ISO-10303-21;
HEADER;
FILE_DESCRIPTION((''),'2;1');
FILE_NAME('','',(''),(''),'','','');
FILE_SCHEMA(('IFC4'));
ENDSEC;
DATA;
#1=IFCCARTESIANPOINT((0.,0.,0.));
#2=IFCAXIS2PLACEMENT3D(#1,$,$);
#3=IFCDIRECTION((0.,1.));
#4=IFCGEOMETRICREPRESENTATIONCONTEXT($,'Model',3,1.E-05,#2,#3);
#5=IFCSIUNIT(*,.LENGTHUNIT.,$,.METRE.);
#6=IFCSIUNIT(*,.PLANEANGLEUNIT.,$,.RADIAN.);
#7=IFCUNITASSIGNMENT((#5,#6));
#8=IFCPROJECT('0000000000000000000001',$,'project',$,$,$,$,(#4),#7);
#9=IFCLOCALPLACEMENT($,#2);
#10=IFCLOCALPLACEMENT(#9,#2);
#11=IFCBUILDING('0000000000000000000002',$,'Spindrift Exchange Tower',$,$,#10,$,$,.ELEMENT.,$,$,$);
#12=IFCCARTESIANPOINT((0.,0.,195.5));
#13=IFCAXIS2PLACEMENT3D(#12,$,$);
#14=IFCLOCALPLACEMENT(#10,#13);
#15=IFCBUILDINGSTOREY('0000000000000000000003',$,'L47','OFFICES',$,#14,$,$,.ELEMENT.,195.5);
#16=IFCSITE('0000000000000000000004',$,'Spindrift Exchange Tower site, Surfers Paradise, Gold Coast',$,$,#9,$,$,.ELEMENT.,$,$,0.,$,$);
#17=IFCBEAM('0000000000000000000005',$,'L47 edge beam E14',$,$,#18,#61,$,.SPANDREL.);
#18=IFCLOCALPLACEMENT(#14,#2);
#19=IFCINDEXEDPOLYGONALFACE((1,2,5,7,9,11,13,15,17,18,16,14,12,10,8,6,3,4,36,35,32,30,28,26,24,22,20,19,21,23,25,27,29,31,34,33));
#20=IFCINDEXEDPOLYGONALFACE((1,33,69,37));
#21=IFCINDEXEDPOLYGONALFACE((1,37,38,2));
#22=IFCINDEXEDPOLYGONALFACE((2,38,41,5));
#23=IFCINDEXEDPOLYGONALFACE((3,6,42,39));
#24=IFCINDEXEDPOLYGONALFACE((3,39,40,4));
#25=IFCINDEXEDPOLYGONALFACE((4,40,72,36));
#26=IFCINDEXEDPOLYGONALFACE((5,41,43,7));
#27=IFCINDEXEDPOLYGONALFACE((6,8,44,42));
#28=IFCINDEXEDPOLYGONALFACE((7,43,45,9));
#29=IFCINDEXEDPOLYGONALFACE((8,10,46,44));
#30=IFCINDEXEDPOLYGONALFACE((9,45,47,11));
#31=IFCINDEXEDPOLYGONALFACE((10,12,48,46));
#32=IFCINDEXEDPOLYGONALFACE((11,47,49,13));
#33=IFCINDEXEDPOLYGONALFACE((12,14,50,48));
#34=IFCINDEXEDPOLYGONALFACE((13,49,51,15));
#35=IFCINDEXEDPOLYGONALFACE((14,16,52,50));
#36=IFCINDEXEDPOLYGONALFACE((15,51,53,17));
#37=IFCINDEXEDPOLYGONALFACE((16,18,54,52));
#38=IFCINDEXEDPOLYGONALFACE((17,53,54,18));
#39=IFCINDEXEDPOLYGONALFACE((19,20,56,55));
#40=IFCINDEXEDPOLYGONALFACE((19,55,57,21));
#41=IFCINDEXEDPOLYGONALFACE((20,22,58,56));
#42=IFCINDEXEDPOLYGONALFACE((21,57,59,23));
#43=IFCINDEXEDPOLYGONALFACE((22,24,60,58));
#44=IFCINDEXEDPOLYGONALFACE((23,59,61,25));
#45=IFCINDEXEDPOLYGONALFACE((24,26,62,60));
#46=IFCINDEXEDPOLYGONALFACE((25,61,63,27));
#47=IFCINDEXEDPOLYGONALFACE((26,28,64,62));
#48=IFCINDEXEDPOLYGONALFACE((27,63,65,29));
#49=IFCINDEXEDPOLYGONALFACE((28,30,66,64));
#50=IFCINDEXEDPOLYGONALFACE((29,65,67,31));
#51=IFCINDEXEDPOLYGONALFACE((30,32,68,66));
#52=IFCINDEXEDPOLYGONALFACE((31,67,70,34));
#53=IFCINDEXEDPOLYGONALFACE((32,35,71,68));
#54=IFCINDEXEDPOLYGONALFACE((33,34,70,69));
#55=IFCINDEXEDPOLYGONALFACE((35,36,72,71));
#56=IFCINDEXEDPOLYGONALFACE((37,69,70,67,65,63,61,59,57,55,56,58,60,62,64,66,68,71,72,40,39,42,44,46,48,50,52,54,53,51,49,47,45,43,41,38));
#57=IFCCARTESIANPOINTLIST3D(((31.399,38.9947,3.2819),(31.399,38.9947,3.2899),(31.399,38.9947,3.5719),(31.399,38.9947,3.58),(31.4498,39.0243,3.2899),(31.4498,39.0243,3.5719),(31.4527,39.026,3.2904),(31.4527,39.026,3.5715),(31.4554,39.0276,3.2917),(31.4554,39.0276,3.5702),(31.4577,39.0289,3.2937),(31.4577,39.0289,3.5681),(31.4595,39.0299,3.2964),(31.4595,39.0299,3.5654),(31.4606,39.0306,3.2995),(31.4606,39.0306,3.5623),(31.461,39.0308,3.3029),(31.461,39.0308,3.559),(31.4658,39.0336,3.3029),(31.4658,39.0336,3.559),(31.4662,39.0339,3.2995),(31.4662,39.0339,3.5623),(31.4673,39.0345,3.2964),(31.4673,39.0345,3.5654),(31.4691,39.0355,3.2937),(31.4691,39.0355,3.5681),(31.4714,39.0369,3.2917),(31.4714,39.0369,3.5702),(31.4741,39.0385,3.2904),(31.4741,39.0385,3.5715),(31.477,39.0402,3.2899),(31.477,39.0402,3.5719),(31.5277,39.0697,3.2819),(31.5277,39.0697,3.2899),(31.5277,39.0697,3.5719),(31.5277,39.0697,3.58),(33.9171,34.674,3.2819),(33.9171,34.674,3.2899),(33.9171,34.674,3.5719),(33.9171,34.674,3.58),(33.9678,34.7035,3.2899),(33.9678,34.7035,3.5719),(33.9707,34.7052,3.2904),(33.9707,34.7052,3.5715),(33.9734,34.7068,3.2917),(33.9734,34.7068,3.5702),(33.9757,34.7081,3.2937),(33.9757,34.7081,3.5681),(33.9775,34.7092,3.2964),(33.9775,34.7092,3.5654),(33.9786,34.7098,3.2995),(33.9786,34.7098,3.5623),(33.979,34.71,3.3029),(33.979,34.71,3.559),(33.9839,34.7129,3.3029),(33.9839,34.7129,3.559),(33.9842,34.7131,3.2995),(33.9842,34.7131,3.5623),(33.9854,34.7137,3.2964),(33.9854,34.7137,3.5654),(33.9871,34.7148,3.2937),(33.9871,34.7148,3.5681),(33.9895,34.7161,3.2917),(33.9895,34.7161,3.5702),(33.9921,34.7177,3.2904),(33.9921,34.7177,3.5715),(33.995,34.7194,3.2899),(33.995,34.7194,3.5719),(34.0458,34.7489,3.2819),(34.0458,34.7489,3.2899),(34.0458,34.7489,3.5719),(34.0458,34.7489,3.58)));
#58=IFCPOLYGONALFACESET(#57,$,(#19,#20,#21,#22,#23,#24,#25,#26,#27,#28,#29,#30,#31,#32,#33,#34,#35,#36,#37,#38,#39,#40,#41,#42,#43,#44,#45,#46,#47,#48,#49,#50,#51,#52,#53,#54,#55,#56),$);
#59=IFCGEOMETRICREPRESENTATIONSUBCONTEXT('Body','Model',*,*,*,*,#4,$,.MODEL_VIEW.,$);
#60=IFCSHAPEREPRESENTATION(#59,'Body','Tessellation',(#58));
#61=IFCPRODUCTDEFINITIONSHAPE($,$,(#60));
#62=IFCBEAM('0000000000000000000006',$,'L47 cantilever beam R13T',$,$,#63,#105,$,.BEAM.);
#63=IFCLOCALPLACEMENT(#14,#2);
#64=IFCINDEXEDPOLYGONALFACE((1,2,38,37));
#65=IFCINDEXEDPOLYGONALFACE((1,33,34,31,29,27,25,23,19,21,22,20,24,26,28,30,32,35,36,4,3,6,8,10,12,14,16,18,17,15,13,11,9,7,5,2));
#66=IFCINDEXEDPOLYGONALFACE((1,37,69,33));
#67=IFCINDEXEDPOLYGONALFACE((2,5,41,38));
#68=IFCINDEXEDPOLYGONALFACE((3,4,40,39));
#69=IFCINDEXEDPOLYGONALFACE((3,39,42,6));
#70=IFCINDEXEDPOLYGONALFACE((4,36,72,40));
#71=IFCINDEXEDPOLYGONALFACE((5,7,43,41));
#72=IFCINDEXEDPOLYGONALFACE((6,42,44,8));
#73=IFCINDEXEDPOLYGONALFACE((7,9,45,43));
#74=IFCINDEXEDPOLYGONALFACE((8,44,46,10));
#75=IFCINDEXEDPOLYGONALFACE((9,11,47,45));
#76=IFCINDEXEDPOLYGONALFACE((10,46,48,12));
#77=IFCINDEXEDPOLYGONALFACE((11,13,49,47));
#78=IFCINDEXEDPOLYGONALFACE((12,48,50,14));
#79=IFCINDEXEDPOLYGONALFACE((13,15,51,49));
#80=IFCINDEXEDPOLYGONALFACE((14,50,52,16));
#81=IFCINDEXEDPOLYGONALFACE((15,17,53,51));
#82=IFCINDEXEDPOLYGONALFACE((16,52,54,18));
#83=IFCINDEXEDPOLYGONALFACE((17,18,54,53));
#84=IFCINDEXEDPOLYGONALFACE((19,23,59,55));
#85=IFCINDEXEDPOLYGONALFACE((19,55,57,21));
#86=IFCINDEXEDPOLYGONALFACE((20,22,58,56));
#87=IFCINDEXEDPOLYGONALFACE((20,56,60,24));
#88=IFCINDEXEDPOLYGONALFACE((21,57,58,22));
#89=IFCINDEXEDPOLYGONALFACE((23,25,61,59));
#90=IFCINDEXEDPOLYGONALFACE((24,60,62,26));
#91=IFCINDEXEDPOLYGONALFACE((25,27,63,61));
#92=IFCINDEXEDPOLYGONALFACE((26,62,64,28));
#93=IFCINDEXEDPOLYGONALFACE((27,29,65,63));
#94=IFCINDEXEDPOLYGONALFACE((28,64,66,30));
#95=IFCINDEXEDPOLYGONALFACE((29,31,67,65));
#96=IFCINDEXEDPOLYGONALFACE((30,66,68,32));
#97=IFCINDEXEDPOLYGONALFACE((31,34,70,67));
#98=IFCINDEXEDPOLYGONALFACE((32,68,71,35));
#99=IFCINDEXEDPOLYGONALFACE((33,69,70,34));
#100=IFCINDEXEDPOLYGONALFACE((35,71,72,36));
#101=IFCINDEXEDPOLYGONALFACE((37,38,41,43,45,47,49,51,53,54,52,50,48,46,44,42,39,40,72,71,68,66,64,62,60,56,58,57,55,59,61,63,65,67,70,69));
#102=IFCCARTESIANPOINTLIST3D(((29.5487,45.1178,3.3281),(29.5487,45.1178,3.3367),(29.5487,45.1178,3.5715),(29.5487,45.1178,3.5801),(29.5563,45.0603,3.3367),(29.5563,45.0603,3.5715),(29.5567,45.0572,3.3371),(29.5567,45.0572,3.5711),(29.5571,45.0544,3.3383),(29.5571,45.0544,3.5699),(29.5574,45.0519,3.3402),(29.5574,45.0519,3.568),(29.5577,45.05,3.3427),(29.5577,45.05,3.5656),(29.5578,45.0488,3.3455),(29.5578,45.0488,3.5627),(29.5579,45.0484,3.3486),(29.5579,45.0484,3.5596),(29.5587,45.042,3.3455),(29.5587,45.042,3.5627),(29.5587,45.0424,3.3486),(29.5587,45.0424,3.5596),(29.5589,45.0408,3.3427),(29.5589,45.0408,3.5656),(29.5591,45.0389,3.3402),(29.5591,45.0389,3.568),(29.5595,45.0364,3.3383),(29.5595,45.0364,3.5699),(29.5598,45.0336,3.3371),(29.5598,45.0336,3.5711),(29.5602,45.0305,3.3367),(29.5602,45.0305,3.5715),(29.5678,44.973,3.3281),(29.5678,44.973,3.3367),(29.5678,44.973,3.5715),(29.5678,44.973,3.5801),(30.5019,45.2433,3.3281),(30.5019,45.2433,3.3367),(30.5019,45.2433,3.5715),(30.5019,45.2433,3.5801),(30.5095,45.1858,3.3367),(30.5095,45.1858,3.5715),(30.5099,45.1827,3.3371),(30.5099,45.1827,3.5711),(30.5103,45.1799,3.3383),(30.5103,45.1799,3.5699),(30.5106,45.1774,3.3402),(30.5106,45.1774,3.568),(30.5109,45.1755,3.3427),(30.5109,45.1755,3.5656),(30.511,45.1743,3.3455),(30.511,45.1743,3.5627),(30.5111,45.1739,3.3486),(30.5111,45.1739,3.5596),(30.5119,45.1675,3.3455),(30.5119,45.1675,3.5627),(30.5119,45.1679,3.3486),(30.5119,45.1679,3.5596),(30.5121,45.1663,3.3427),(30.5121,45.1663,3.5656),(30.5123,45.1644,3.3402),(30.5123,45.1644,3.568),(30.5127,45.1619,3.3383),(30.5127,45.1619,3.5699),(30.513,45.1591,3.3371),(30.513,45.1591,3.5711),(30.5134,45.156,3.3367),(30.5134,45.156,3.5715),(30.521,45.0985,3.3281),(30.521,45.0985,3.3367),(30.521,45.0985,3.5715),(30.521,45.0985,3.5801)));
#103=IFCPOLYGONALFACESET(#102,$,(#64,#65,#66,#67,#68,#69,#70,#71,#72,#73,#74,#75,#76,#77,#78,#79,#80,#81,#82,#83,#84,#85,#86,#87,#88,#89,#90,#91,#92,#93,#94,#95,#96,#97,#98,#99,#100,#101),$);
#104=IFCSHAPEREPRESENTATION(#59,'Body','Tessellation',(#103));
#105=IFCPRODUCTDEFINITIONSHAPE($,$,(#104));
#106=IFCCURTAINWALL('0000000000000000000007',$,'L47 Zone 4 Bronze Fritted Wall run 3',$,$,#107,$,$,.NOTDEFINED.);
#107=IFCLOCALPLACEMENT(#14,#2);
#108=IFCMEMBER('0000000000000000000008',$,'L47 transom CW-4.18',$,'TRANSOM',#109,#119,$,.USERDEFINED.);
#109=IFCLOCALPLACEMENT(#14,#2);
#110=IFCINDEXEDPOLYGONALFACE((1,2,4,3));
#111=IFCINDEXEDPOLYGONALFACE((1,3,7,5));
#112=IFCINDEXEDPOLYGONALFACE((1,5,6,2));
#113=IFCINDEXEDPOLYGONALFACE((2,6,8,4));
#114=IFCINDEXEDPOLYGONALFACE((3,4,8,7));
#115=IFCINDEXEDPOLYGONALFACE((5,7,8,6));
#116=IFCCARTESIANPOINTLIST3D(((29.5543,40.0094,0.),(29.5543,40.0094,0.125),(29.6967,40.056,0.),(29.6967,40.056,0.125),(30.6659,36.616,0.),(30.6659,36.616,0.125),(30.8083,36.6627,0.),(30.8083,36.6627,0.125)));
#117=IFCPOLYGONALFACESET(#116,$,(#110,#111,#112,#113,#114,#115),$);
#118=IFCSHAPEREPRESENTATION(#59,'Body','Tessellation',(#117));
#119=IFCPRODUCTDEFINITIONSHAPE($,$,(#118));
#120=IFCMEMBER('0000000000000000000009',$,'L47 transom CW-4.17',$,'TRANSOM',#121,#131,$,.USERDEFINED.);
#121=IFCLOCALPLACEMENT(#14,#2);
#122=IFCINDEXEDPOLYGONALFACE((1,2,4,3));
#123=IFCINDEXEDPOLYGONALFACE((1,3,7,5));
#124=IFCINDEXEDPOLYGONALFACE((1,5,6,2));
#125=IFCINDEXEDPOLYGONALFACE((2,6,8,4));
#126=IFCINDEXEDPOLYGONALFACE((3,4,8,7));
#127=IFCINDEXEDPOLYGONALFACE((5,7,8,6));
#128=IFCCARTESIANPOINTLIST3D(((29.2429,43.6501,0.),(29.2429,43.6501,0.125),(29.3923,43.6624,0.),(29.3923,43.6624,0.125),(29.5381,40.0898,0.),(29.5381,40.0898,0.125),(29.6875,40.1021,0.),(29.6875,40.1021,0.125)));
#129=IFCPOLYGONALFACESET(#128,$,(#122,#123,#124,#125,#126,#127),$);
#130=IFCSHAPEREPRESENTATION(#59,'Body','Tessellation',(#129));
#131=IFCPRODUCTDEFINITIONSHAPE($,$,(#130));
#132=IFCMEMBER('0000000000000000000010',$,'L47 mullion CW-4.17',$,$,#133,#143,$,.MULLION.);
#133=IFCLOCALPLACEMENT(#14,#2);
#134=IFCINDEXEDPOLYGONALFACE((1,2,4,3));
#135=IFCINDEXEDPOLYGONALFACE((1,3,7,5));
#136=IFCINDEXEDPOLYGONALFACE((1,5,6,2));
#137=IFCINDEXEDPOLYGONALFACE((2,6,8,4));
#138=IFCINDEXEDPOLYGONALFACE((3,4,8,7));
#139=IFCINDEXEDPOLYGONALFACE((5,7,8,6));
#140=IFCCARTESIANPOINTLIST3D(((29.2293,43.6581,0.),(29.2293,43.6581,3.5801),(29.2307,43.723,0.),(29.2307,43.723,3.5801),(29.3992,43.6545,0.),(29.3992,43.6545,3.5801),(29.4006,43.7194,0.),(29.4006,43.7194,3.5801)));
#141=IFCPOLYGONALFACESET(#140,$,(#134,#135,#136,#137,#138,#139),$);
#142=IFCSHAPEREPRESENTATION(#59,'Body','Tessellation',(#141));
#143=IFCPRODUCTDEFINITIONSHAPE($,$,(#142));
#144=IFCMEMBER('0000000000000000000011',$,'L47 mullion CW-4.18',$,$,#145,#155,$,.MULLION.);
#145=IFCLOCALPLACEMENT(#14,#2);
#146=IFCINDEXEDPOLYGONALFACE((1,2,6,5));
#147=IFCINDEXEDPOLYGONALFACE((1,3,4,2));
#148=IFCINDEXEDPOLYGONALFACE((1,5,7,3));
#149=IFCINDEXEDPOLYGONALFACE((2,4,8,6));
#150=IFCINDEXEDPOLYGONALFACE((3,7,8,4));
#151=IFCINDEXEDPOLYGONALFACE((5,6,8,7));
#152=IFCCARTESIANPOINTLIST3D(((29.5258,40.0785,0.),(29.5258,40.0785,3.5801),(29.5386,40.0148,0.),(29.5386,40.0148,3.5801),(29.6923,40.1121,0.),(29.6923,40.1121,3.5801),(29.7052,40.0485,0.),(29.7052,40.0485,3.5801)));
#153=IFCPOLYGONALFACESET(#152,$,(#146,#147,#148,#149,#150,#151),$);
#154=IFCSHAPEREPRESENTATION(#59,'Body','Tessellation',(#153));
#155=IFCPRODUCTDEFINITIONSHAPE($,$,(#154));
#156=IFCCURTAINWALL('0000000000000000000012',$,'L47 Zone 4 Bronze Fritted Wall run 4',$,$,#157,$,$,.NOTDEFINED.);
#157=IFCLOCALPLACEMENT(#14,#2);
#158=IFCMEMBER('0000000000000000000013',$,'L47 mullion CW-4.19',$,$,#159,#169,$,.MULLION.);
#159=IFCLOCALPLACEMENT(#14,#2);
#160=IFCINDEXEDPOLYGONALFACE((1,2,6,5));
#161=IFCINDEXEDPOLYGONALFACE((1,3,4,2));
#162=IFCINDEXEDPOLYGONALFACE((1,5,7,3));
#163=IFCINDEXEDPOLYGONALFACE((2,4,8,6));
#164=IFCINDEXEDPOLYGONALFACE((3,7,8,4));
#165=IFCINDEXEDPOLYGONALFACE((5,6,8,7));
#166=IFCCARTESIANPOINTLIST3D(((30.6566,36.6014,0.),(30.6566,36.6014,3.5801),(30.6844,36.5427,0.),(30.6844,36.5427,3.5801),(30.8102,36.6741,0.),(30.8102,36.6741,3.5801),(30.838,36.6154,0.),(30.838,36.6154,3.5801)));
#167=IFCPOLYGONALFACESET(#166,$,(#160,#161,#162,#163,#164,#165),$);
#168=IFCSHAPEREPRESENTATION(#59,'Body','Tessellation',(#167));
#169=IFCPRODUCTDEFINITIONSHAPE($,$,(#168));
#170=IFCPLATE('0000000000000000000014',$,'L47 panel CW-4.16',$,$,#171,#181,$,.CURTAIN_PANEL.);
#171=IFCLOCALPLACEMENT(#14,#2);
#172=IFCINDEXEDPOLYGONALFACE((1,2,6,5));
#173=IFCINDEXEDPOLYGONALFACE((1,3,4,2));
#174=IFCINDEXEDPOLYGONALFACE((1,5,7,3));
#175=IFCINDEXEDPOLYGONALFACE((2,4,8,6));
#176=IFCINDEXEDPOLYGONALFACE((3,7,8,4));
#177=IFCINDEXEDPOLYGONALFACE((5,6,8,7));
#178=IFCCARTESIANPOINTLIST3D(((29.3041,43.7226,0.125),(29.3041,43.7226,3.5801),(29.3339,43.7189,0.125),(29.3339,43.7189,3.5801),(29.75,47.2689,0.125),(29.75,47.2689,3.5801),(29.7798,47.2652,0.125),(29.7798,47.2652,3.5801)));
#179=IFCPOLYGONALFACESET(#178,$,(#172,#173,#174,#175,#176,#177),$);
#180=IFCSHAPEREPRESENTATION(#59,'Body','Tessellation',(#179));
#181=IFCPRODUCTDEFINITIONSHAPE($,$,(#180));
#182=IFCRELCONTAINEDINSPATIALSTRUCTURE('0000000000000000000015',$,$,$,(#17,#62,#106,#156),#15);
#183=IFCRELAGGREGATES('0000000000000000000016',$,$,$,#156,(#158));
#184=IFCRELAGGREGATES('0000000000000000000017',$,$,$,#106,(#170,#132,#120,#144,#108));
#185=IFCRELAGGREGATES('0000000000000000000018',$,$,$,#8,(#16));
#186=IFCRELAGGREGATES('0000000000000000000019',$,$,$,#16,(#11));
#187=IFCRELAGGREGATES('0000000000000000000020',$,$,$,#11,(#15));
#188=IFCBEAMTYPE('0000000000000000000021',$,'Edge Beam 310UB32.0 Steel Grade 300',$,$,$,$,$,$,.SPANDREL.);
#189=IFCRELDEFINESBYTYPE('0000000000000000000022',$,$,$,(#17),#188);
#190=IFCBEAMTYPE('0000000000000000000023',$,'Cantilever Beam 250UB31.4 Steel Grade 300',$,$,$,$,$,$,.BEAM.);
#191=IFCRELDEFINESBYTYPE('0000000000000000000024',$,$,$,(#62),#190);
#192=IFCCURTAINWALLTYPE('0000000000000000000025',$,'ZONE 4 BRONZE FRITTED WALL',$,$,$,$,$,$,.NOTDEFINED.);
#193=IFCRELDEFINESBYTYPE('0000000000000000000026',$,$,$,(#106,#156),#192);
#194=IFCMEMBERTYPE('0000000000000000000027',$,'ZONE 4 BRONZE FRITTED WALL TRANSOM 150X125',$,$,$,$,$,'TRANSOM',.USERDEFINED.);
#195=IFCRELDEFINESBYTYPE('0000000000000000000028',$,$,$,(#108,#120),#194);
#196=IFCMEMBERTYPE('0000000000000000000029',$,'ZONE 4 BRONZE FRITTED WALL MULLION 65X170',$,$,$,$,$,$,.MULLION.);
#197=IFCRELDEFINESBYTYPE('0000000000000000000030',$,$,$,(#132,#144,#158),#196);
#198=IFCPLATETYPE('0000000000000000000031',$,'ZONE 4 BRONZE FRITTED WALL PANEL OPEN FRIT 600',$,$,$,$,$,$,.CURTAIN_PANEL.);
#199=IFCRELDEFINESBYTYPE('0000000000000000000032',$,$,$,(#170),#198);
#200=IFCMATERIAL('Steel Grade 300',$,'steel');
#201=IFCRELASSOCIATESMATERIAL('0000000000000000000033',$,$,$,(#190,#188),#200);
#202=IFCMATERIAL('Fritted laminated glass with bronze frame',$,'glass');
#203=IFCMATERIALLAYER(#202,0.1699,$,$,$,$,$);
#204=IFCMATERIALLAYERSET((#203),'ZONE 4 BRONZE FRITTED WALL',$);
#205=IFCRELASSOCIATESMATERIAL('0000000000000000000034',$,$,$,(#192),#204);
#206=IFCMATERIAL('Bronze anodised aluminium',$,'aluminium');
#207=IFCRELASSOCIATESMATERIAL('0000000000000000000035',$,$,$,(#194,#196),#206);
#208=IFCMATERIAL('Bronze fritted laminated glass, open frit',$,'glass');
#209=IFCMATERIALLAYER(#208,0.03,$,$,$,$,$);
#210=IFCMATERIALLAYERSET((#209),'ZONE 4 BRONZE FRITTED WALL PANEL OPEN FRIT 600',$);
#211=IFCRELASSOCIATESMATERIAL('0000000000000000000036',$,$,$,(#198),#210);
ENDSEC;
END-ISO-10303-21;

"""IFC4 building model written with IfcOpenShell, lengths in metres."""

from ifc_helpers import new_model, si_unit, direction, frame, origin, origin_2d, place, context, subcontext, project, spatial, rectangle, i_section, extrude, source, transform, mapped, material, layer, layer_set, material_profile, profile_set, type_object, element, aggregate, save


model = new_model("IFC4")

# Units and contexts
model_context = context("Model", 3, precision=1e-05, world=origin(), true_north=direction((0.0, 1.0)))
body_context = subcontext(model_context, "Body", "Model", "MODEL_VIEW")
ifc_project = project(units=[si_unit("LENGTHUNIT", "METRE"), si_unit("PLANEANGLEUNIT", "RADIAN")], contexts=[model_context])

# Site, building, storey
site_placement = place(None, origin())
site = spatial("IfcSite", under=ifc_project, at=site_placement, Name="Spindrift Exchange Tower site, Surfers Paradise, Gold Coast", CompositionType="ELEMENT", RefElevation=0.0)
building_placement = place(site_placement, origin())
building = spatial("IfcBuilding", under=site, at=building_placement, Name="Spindrift Exchange Tower", CompositionType="ELEMENT")
storey_placement = place(building_placement, frame((0.0, 0.0, 195.5)))
storey = spatial("IfcBuildingStorey", under=building, at=storey_placement, Name="L47", Description="OFFICES", CompositionType="ELEMENT", Elevation=195.5)

# Beams
ifc_material_1 = material(Name="Steel Grade 300", Category="steel")
ifc_material_profile_1 = material_profile(ifc_material_1, i_section(OverallWidth=0.146, OverallDepth=0.252, WebThickness=0.0061, FlangeThickness=0.0085, FilletRadius=0.012, at=origin_2d()), Name="250UB31.4")
ifc_profile_set_1 = profile_set([ifc_material_profile_1], Name="Steel Grade 300")
beam_type_1 = type_object("IfcBeamType", Name="Cantilever Beam 250UB31.4 Steel Grade 300", PredefinedType="BEAM", material=ifc_profile_set_1)
ifc_material_profile_2 = material_profile(ifc_material_1, i_section(OverallWidth=0.1489, OverallDepth=0.2981, WebThickness=0.0056, FlangeThickness=0.0081, FilletRadius=0.0129, at=origin_2d()), Name="310UB32.0")
ifc_profile_set_2 = profile_set([ifc_material_profile_2], Name="Steel Grade 300")
beam_type_2 = type_object("IfcBeamType", Name="Edge Beam 310UB32.0 Steel Grade 300", PredefinedType="SPANDREL", material=ifc_profile_set_2)
shared_shape_1 = source(origin(), body_context, "Body", "SweptSolid", [
    extrude(i_section(OverallWidth=0.1489, OverallDepth=0.2981, WebThickness=0.0056, FlangeThickness=0.0081, FilletRadius=0.0129, at=origin_2d()), origin(), (0.0, 0.0, 1.0), 5.001),
])
beam_1_placement = place(storey_placement, frame((31.4634, 39.0322, 3.4309), z_axis=(0.503513, -0.863988, 0.0), x_axis=(0.863988, 0.503513, 0.0)))
element("IfcBeam", 1, at=beam_1_placement, inside=storey, type_object=beam_type_2, Name="L47 edge beam E14", PredefinedType="SPANDREL", context=body_context, shape_type="MappedRepresentation", body=[
    mapped(shared_shape_1, transform((0.0, 0.0, 0.0), scale=1.0)),
])
shared_shape_2 = source(origin(), body_context, "Body", "SweptSolid", [
    extrude(i_section(OverallWidth=0.146, OverallDepth=0.252, WebThickness=0.0061, FlangeThickness=0.0085, FilletRadius=0.012, at=origin_2d()), origin(), (0.0, 0.0, 1.0), 0.9614),
])
beam_2_placement = place(storey_placement, frame((30.5115, 45.1709, 3.4541), z_axis=(-0.991444, -0.130533, 0.0), x_axis=(0.130533, -0.991444, 0.0)))
element("IfcBeam", 2, at=beam_2_placement, inside=storey, type_object=beam_type_1, Name="L47 cantilever beam R13T", PredefinedType="BEAM", context=body_context, shape_type="MappedRepresentation", body=[
    mapped(shared_shape_2, transform((0.0, 0.0, 0.0), scale=1.0)),
])

# Curtain wall, members
ifc_material_2 = material(Name="Fritted laminated glass with bronze frame", Category="glass")
ifc_layer_1 = layer(ifc_material_2, 0.1699)
ifc_layer_set_1 = layer_set([ifc_layer_1], Name="ZONE 4 BRONZE FRITTED WALL")
curtain_wall_type = type_object("IfcCurtainWallType", Name="ZONE 4 BRONZE FRITTED WALL", PredefinedType="NOTDEFINED", material=ifc_layer_set_1)
curtain_wall_1_placement = place(storey_placement, origin())
curtain_wall_1 = element("IfcCurtainWall", 3, at=curtain_wall_1_placement, inside=storey, type_object=curtain_wall_type, Name="L47 Zone 4 Bronze Fritted Wall run 3", PredefinedType="NOTDEFINED")
ifc_material_3 = material(Name="Bronze anodised aluminium", Category="aluminium")
ifc_material_profile_3 = material_profile(ifc_material_3, rectangle(XDim=0.1499, YDim=0.125, at=origin_2d()), Name="ZONE 4 BRONZE FRITTED WALL TRANSOM 150X125")
ifc_profile_set_3 = profile_set([ifc_material_profile_3], Name="Bronze anodised aluminium")
member_type_1 = type_object("IfcMemberType", Name="ZONE 4 BRONZE FRITTED WALL TRANSOM 150X125", ElementType="TRANSOM", PredefinedType="USERDEFINED", material=ifc_profile_set_3)
shared_shape_3 = source(origin(), body_context, "Body", "SweptSolid", [
    extrude(rectangle(XDim=0.1499, YDim=0.125, at=origin_2d()), origin(), (0.0, 0.0, 1.0), 3.5708),
])
member_1_placement = place(storey_placement, frame((29.6255, 40.0327, 0.0625), z_axis=(0.311301, -0.950311, 0.0), x_axis=(0.950311, 0.311301, 0.0)))
member_1 = element("IfcMember", 4, at=member_1_placement, type_object=member_type_1, Name="L47 transom CW-4.18", ObjectType="TRANSOM", PredefinedType="USERDEFINED", context=body_context, shape_type="MappedRepresentation", body=[
    mapped(shared_shape_3, transform((0.0, 0.0, 0.0), scale=1.0)),
])
shared_shape_4 = source(origin(), body_context, "Body", "SweptSolid", [
    extrude(rectangle(XDim=0.1499, YDim=0.125, at=origin_2d()), origin(), (0.0, 0.0, 1.0), 3.5725),
])
member_2_placement = place(storey_placement, frame((29.3176, 43.6562, 0.0625), z_axis=(0.082621, -0.996581, 0.0), x_axis=(0.996581, 0.082621, 0.0)))
member_2 = element("IfcMember", 5, at=member_2_placement, type_object=member_type_1, Name="L47 transom CW-4.17", ObjectType="TRANSOM", PredefinedType="USERDEFINED", context=body_context, shape_type="MappedRepresentation", body=[
    mapped(shared_shape_4, transform((0.0, 0.0, 0.0), scale=1.0)),
])
ifc_material_profile_4 = material_profile(ifc_material_3, rectangle(XDim=0.0649, YDim=0.1699, at=origin_2d()), Name="ZONE 4 BRONZE FRITTED WALL MULLION 65X170")
ifc_profile_set_4 = profile_set([ifc_material_profile_4], Name="Bronze anodised aluminium")
member_type_2 = type_object("IfcMemberType", Name="ZONE 4 BRONZE FRITTED WALL MULLION 65X170", PredefinedType="MULLION", material=ifc_profile_set_4)
shared_shape_5 = source(origin(), body_context, "Body", "SweptSolid", [
    extrude(rectangle(XDim=0.0649, YDim=0.1699, at=origin_2d()), origin(), (0.0, 0.0, 1.0), 3.5801),
])
member_3_placement = place(storey_placement, frame((29.3149, 43.6887, 0.0), z_axis=(0.0, 0.0, 1.0), x_axis=(-0.0212, -0.999775, 0.0)))
member_3 = element("IfcMember", 6, at=member_3_placement, type_object=member_type_2, Name="L47 mullion CW-4.17", PredefinedType="MULLION", context=body_context, shape_type="MappedRepresentation", body=[
    mapped(shared_shape_5, transform((0.0, 0.0, 0.0), scale=1.0)),
])
member_4_placement = place(storey_placement, frame((29.6155, 40.0635, 0.0), z_axis=(0.0, 0.0, 1.0), x_axis=(0.198295, -0.980142, 0.0)))
member_4 = element("IfcMember", 7, at=member_4_placement, type_object=member_type_2, Name="L47 mullion CW-4.18", PredefinedType="MULLION", context=body_context, shape_type="MappedRepresentation", body=[
    mapped(shared_shape_5, transform((0.0, 0.0, 0.0), scale=1.0)),
])

# Curtain wall, member
curtain_wall_2_placement = place(storey_placement, origin())
curtain_wall_2 = element("IfcCurtainWall", 8, at=curtain_wall_2_placement, inside=storey, type_object=curtain_wall_type, Name="L47 Zone 4 Bronze Fritted Wall run 4", PredefinedType="NOTDEFINED")
member_5_placement = place(storey_placement, frame((30.7473, 36.6084, 0.0), z_axis=(0.0, 0.0, 1.0), x_axis=(0.427767, -0.903889, 0.0)))
member_5 = element("IfcMember", 9, at=member_5_placement, type_object=member_type_2, Name="L47 mullion CW-4.19", PredefinedType="MULLION", context=body_context, shape_type="MappedRepresentation", body=[
    mapped(shared_shape_5, transform((0.0, 0.0, 0.0), scale=1.0)),
])
aggregate(curtain_wall_2, [member_5])

# Plate
ifc_material_4 = material(Name="Bronze fritted laminated glass, open frit", Category="glass")
ifc_layer_2 = layer(ifc_material_4, 0.03)
ifc_layer_set_2 = layer_set([ifc_layer_2], Name="ZONE 4 BRONZE FRITTED WALL PANEL OPEN FRIT 600")
plate_type_1 = type_object("IfcPlateType", Name="ZONE 4 BRONZE FRITTED WALL PANEL OPEN FRIT 600", PredefinedType="CURTAIN_PANEL", material=ifc_layer_set_2)
shared_shape_6 = source(origin(), body_context, "Body", "SweptSolid", [
    extrude(rectangle(XDim=3.5742, YDim=0.03, at=origin_2d()), origin(), (0.0, 0.0, 1.0), 3.4551),
])
plate_1_placement = place(storey_placement, frame((29.542, 45.4939, 0.125), z_axis=(0.0, 0.0, 1.0), x_axis=(-0.124755, -0.992188, 0.0)))
plate_1 = element("IfcPlate", 10, at=plate_1_placement, type_object=plate_type_1, Name="L47 panel CW-4.16", PredefinedType="CURTAIN_PANEL", context=body_context, shape_type="MappedRepresentation", body=[
    mapped(shared_shape_6, transform((0.0, 0.0, 0.0), scale=1.0)),
])
aggregate(curtain_wall_1, [plate_1, member_3, member_2, member_4, member_1])

save(model, "model.ifc")
